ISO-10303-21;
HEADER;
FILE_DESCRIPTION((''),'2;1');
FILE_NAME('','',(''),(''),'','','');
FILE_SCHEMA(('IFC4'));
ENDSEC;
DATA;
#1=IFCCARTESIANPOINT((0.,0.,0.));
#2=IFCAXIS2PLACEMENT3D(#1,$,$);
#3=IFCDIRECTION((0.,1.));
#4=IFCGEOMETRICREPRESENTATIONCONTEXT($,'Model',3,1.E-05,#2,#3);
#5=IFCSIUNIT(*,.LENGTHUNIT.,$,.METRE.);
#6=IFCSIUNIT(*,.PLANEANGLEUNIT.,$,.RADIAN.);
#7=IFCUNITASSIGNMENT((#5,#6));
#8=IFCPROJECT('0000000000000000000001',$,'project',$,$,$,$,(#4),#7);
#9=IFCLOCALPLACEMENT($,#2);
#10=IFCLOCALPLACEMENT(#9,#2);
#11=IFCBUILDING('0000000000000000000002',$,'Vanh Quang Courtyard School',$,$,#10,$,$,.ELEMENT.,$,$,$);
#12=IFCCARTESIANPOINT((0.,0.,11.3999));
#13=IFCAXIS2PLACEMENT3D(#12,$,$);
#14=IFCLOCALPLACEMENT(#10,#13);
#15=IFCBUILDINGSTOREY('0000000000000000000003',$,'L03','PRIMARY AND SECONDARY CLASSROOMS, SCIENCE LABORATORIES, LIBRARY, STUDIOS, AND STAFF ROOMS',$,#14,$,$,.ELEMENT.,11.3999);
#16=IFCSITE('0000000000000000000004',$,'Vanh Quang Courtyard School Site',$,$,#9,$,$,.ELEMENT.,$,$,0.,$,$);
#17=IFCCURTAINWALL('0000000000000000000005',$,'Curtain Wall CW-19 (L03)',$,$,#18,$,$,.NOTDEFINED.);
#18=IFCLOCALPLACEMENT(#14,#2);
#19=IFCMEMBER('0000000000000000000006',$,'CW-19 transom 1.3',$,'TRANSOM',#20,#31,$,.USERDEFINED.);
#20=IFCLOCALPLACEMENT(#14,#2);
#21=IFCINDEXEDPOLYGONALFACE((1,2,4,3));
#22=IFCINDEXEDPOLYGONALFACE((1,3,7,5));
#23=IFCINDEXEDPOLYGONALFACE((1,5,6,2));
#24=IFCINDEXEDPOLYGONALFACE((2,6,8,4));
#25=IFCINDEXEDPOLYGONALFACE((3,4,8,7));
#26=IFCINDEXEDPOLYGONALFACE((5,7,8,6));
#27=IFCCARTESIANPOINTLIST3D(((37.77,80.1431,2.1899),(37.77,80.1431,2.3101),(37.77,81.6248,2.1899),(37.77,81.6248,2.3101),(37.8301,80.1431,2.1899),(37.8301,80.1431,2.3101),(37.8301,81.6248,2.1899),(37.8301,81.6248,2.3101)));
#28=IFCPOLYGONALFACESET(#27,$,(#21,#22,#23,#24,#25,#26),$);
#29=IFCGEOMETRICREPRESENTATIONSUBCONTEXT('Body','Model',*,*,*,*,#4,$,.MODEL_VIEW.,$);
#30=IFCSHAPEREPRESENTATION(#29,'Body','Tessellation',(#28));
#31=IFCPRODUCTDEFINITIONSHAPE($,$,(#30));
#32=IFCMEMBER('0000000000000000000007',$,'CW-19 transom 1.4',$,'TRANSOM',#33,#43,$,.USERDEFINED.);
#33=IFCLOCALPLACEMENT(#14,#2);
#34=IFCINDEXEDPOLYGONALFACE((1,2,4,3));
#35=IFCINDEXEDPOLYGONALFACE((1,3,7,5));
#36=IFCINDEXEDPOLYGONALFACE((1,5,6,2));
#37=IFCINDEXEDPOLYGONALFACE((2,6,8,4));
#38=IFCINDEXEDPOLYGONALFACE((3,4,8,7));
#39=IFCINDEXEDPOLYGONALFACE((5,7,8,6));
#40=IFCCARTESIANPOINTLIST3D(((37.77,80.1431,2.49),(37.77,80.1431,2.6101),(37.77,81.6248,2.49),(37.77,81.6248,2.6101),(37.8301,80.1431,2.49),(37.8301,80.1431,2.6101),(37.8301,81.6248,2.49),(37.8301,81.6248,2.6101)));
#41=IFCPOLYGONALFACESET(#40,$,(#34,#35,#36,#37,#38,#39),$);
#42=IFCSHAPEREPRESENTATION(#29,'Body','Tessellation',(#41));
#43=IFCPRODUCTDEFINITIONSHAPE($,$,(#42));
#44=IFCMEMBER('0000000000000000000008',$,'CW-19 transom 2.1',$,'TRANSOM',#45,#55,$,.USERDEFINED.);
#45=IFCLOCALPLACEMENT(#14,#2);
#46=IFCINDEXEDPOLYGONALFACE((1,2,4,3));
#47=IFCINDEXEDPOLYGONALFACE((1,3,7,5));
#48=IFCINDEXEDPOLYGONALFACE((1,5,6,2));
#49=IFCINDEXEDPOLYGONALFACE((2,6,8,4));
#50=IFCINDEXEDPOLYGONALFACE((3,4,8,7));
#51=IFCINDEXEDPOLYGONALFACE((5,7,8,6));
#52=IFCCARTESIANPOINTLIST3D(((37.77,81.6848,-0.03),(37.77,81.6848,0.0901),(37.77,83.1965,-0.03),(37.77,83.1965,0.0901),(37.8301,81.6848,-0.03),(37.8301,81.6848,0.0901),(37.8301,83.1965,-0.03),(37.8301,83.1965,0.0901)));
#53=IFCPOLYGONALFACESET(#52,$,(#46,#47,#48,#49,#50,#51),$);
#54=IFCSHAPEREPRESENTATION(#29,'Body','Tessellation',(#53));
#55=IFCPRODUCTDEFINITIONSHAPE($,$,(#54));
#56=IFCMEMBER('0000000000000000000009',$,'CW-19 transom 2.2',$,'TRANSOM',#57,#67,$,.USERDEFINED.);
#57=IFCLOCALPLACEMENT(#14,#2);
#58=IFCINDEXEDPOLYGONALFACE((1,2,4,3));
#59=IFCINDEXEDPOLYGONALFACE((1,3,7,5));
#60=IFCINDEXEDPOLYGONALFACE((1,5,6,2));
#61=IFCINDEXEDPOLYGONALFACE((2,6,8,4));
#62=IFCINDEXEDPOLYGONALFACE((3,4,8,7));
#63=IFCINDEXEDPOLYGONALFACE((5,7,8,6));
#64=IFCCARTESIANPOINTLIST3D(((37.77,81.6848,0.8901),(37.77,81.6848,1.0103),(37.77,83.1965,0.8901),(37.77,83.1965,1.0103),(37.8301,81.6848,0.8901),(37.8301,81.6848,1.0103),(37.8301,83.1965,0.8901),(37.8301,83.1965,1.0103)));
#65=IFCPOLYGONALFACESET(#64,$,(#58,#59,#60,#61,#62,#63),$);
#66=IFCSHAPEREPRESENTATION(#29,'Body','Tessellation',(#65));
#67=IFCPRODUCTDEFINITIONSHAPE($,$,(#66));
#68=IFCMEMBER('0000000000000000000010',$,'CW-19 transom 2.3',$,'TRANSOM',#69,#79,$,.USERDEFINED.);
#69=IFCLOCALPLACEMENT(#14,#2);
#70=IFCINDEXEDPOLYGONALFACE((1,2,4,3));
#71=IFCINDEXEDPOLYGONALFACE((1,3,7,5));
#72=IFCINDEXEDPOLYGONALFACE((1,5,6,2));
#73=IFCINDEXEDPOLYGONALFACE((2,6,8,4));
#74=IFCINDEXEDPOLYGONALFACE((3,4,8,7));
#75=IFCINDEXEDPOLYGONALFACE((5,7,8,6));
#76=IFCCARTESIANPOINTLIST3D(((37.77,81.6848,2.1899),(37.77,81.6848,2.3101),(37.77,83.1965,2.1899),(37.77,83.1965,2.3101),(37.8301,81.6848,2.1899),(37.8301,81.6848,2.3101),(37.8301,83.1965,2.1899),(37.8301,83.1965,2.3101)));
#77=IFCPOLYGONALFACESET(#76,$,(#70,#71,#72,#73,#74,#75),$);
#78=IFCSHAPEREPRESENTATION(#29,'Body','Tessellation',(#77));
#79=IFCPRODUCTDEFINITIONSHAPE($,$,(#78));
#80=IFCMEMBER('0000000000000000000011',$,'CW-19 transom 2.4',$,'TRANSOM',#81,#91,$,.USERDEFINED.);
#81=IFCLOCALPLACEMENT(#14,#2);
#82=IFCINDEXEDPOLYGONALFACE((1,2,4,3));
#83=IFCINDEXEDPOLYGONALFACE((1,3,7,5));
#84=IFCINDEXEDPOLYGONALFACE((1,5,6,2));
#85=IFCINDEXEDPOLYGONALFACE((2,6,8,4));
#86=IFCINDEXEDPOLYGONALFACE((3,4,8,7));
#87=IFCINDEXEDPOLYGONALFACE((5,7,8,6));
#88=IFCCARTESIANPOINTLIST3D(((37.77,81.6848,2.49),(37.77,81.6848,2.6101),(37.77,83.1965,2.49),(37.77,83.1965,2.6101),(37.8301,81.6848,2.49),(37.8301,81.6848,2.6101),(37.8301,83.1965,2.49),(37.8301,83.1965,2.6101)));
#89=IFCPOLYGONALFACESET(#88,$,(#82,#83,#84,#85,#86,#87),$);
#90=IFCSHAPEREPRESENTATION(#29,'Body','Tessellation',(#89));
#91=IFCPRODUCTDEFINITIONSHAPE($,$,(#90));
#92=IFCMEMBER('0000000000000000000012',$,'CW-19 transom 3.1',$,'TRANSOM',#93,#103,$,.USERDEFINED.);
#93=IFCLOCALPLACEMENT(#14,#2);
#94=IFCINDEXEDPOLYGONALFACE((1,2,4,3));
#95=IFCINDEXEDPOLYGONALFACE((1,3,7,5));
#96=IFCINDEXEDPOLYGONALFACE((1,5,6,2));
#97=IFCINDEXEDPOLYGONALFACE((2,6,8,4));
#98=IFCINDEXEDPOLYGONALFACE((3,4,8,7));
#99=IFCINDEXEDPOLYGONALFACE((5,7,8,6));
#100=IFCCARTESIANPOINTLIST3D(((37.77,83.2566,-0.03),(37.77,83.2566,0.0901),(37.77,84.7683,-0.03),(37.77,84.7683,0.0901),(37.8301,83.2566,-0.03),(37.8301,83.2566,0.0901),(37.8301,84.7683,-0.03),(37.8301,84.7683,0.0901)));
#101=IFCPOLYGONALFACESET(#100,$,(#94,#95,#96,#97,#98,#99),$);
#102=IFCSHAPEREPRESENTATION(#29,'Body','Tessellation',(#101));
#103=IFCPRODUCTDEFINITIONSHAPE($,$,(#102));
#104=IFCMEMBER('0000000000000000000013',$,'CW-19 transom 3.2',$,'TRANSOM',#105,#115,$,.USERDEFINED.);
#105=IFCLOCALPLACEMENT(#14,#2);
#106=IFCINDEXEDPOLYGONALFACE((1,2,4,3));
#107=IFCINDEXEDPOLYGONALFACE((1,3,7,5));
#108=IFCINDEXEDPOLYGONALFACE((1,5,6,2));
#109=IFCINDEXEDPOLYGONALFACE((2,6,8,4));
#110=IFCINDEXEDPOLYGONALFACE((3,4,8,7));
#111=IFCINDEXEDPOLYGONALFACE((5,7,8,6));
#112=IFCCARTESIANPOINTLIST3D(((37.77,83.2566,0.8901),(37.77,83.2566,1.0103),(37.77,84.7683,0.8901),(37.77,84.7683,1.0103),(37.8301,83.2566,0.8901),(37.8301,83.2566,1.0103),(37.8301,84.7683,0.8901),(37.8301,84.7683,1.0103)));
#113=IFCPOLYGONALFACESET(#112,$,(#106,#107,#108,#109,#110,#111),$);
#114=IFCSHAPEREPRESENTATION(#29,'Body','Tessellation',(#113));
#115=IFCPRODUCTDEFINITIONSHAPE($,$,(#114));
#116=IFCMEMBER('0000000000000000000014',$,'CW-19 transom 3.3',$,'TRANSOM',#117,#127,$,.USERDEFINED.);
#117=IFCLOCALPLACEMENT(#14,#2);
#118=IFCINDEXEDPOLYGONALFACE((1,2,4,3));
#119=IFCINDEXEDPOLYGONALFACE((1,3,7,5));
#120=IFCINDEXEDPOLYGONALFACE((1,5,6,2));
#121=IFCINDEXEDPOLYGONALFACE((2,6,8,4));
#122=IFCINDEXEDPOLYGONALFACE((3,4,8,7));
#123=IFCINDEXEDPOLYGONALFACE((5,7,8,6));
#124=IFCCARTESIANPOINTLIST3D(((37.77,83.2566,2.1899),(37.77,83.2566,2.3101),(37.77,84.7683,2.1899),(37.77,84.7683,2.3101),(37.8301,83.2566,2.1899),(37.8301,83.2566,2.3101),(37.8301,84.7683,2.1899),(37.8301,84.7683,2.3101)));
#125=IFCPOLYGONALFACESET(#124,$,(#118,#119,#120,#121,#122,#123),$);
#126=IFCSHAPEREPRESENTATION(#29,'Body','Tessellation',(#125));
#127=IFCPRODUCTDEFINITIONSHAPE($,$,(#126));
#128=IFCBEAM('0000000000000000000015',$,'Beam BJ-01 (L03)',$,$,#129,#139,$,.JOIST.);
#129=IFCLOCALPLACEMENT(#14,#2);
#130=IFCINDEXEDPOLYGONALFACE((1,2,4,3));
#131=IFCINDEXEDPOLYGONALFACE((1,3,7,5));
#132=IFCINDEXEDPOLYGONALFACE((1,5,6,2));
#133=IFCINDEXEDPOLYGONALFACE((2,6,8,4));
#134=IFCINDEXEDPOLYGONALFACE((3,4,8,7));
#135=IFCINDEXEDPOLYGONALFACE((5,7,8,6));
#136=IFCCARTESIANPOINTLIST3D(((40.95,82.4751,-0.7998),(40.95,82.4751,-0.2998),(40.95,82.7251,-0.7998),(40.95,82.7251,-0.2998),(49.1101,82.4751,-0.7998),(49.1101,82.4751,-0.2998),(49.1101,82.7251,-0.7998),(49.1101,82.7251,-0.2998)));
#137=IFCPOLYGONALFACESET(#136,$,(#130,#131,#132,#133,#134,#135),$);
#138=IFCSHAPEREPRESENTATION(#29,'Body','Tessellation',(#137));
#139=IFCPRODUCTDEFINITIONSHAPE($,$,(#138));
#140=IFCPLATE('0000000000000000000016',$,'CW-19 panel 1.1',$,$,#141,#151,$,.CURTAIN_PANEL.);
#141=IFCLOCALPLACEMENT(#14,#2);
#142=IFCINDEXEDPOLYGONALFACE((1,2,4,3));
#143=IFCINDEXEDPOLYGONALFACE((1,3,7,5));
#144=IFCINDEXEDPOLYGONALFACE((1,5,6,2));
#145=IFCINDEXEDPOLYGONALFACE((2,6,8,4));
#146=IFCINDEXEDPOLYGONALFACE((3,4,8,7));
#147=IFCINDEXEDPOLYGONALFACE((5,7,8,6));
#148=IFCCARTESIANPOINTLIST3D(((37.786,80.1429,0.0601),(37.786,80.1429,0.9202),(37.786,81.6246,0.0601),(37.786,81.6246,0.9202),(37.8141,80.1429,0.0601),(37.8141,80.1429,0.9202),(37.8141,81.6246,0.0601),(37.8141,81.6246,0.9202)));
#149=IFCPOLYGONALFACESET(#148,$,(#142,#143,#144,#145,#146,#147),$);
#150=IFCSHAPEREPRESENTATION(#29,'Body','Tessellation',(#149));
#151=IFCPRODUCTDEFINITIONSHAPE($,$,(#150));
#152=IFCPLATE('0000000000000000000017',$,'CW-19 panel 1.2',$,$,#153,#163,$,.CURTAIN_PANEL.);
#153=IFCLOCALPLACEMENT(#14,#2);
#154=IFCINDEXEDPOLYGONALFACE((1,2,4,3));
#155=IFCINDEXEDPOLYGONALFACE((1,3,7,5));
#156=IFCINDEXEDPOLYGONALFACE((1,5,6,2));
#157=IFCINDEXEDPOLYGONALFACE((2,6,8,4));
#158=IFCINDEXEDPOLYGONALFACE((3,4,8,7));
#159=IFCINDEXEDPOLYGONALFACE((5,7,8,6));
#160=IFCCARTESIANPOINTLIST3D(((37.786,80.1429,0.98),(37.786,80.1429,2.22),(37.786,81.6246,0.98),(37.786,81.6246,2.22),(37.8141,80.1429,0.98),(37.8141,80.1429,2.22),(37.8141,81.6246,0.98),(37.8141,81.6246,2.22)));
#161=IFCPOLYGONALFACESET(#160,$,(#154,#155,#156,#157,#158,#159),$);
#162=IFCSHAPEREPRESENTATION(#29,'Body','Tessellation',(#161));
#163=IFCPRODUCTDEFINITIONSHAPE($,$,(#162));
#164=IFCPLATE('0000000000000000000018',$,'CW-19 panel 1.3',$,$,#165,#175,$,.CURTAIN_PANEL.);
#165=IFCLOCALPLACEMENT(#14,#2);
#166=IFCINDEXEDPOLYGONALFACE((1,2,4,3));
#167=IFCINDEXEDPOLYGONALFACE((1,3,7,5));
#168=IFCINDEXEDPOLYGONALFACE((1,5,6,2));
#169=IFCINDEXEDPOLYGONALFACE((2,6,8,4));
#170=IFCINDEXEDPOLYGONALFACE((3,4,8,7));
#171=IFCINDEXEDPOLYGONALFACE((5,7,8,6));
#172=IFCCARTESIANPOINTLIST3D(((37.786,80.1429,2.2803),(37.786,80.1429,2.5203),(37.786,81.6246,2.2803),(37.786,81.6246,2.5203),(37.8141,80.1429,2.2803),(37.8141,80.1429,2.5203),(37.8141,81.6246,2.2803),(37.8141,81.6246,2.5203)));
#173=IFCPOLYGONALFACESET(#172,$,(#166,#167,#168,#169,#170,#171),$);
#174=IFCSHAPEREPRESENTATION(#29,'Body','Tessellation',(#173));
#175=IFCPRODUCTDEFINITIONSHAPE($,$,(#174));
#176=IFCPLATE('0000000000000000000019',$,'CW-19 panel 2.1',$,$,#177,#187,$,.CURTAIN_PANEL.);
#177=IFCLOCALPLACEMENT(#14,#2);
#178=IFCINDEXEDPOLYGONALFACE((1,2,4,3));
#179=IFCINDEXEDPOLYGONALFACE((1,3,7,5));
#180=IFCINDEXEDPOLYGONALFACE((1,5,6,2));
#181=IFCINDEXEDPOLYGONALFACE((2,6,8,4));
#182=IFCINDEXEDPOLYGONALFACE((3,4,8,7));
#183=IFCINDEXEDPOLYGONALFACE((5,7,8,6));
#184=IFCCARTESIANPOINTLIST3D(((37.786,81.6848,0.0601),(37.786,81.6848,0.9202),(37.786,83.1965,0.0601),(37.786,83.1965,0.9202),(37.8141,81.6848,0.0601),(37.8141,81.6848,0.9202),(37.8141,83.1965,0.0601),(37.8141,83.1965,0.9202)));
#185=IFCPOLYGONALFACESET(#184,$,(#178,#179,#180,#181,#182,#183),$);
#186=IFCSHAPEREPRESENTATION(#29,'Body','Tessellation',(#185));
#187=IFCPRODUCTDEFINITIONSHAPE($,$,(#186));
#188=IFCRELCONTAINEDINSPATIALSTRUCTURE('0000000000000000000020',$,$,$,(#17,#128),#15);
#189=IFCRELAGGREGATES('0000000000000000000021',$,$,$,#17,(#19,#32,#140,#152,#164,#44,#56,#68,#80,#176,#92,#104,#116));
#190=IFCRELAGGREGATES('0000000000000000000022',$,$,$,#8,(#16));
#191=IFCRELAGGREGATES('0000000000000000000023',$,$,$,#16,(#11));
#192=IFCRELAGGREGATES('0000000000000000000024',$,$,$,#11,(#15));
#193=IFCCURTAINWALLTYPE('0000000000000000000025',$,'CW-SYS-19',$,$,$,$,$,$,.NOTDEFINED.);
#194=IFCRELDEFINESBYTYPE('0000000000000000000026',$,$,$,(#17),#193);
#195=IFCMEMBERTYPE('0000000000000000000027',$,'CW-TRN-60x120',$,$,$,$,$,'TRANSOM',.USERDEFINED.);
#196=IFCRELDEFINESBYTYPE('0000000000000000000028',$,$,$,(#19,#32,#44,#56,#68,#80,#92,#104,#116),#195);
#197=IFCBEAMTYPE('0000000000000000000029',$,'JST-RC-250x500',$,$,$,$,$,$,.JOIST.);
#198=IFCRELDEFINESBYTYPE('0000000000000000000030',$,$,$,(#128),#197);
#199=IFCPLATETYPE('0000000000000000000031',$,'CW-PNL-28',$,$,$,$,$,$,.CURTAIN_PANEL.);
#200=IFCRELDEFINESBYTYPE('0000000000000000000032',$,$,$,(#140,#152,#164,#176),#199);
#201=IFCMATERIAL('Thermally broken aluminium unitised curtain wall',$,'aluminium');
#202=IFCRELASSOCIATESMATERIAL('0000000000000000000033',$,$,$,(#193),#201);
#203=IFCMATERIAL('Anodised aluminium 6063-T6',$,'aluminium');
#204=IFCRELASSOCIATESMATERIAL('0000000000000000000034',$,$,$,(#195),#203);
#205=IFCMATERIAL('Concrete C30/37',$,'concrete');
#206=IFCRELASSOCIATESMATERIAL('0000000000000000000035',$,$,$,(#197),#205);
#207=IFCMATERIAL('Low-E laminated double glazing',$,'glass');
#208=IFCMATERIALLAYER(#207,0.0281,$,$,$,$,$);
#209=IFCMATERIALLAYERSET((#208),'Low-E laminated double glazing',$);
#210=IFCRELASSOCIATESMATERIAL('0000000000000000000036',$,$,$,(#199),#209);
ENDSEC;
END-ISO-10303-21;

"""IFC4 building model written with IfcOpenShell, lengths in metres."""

from ifc_helpers import new_model, si_unit, direction, frame, origin, origin_2d, place, context, subcontext, project, spatial, rectangle, extrude, material, layer, layer_set, material_profile, profile_set, type_object, element, aggregate, save


model = new_model("IFC4")

# Units and contexts
model_context = context("Model", 3, precision=1e-05, world=origin(), true_north=direction((0.0, 1.0)))
body_context = subcontext(model_context, "Body", "Model", "MODEL_VIEW")
ifc_project = project(units=[si_unit("LENGTHUNIT", "METRE"), si_unit("PLANEANGLEUNIT", "RADIAN")], contexts=[model_context])

# Site, building, storey
site_placement = place(None, origin())
site = spatial("IfcSite", under=ifc_project, at=site_placement, Name="Vanh Quang Courtyard School Site", CompositionType="ELEMENT", RefElevation=0.0)
building_placement = place(site_placement, origin())
building = spatial("IfcBuilding", under=site, at=building_placement, Name="Vanh Quang Courtyard School", CompositionType="ELEMENT")
storey_placement = place(building_placement, frame((0.0, 0.0, 11.3999)))
storey = spatial("IfcBuildingStorey", under=building, at=storey_placement, Name="L03", Description="PRIMARY AND SECONDARY CLASSROOMS, SCIENCE LABORATORIES, LIBRARY, STUDIOS, AND STAFF ROOMS", CompositionType="ELEMENT", Elevation=11.3999)

# Curtain wall, members
ifc_material_1 = material(Name="Thermally broken aluminium unitised curtain wall", Category="aluminium")
curtain_wall_type = type_object("IfcCurtainWallType", Name="CW-SYS-19", PredefinedType="NOTDEFINED", material=ifc_material_1)
curtain_wall_placement = place(storey_placement, origin())
curtain_wall = element("IfcCurtainWall", 1, at=curtain_wall_placement, inside=storey, type_object=curtain_wall_type, Name="Curtain Wall CW-19 (L03)", PredefinedType="NOTDEFINED")
ifc_material_2 = material(Name="Anodised aluminium 6063-T6", Category="aluminium")
ifc_material_profile_1 = material_profile(ifc_material_2, rectangle(XDim=0.0601, YDim=0.1201, at=origin_2d()), Name="ALU-TRN 60x120")
ifc_profile_set_1 = profile_set([ifc_material_profile_1], Name="Anodised aluminium 6063-T6")
member_type_1 = type_object("IfcMemberType", Name="CW-TRN-60x120", ElementType="TRANSOM", PredefinedType="USERDEFINED", material=ifc_profile_set_1)
member_1_placement = place(storey_placement, frame((37.8, 80.1431, 2.25), z_axis=(0.0, 1.0, 0.0), x_axis=(-1.0, 0.0, 0.0)))
member_1 = element("IfcMember", 2, at=member_1_placement, type_object=member_type_1, Name="CW-19 transom 1.3", ObjectType="TRANSOM", PredefinedType="USERDEFINED", context=body_context, shape_type="SweptSolid", body=[
    extrude(rectangle(XDim=0.0601, YDim=0.1201, at=origin_2d()), origin(), (0.0, 0.0, 1.0), 1.4817),
])
member_2_placement = place(storey_placement, frame((37.8, 80.1431, 2.55), z_axis=(0.0, 1.0, 0.0), x_axis=(-1.0, 0.0, 0.0)))
member_2 = element("IfcMember", 3, at=member_2_placement, type_object=member_type_1, Name="CW-19 transom 1.4", ObjectType="TRANSOM", PredefinedType="USERDEFINED", context=body_context, shape_type="SweptSolid", body=[
    extrude(rectangle(XDim=0.0601, YDim=0.1201, at=origin_2d()), origin(), (0.0, 0.0, 1.0), 1.4817),
])
member_3_placement = place(storey_placement, frame((37.8, 81.6848, 0.03), z_axis=(0.0, 1.0, 0.0), x_axis=(-1.0, 0.0, 0.0)))
member_3 = element("IfcMember", 4, at=member_3_placement, type_object=member_type_1, Name="CW-19 transom 2.1", ObjectType="TRANSOM", PredefinedType="USERDEFINED", context=body_context, shape_type="SweptSolid", body=[
    extrude(rectangle(XDim=0.0601, YDim=0.1201, at=origin_2d()), origin(), (0.0, 0.0, 1.0), 1.5117),
])
member_4_placement = place(storey_placement, frame((37.8, 81.6848, 0.9502), z_axis=(0.0, 1.0, 0.0), x_axis=(-1.0, 0.0, 0.0)))
member_4 = element("IfcMember", 5, at=member_4_placement, type_object=member_type_1, Name="CW-19 transom 2.2", ObjectType="TRANSOM", PredefinedType="USERDEFINED", context=body_context, shape_type="SweptSolid", body=[
    extrude(rectangle(XDim=0.0601, YDim=0.1201, at=origin_2d()), origin(), (0.0, 0.0, 1.0), 1.5117),
])
member_5_placement = place(storey_placement, frame((37.8, 81.6848, 2.25), z_axis=(0.0, 1.0, 0.0), x_axis=(-1.0, 0.0, 0.0)))
member_5 = element("IfcMember", 6, at=member_5_placement, type_object=member_type_1, Name="CW-19 transom 2.3", ObjectType="TRANSOM", PredefinedType="USERDEFINED", context=body_context, shape_type="SweptSolid", body=[
    extrude(rectangle(XDim=0.0601, YDim=0.1201, at=origin_2d()), origin(), (0.0, 0.0, 1.0), 1.5117),
])
member_6_placement = place(storey_placement, frame((37.8, 81.6848, 2.55), z_axis=(0.0, 1.0, 0.0), x_axis=(-1.0, 0.0, 0.0)))
member_6 = element("IfcMember", 7, at=member_6_placement, type_object=member_type_1, Name="CW-19 transom 2.4", ObjectType="TRANSOM", PredefinedType="USERDEFINED", context=body_context, shape_type="SweptSolid", body=[
    extrude(rectangle(XDim=0.0601, YDim=0.1201, at=origin_2d()), origin(), (0.0, 0.0, 1.0), 1.5117),
])
member_7_placement = place(storey_placement, frame((37.8, 83.2566, 0.03), z_axis=(0.0, 1.0, 0.0), x_axis=(-1.0, 0.0, 0.0)))
member_7 = element("IfcMember", 8, at=member_7_placement, type_object=member_type_1, Name="CW-19 transom 3.1", ObjectType="TRANSOM", PredefinedType="USERDEFINED", context=body_context, shape_type="SweptSolid", body=[
    extrude(rectangle(XDim=0.0601, YDim=0.1201, at=origin_2d()), origin(), (0.0, 0.0, 1.0), 1.5117),
])
member_8_placement = place(storey_placement, frame((37.8, 83.2566, 0.9502), z_axis=(0.0, 1.0, 0.0), x_axis=(-1.0, 0.0, 0.0)))
member_8 = element("IfcMember", 9, at=member_8_placement, type_object=member_type_1, Name="CW-19 transom 3.2", ObjectType="TRANSOM", PredefinedType="USERDEFINED", context=body_context, shape_type="SweptSolid", body=[
    extrude(rectangle(XDim=0.0601, YDim=0.1201, at=origin_2d()), origin(), (0.0, 0.0, 1.0), 1.5117),
])
member_9_placement = place(storey_placement, frame((37.8, 83.2566, 2.25), z_axis=(0.0, 1.0, 0.0), x_axis=(-1.0, 0.0, 0.0)))
member_9 = element("IfcMember", 10, at=member_9_placement, type_object=member_type_1, Name="CW-19 transom 3.3", ObjectType="TRANSOM", PredefinedType="USERDEFINED", context=body_context, shape_type="SweptSolid", body=[
    extrude(rectangle(XDim=0.0601, YDim=0.1201, at=origin_2d()), origin(), (0.0, 0.0, 1.0), 1.5117),
])

# Beam
ifc_material_3 = material(Name="Concrete C30/37", Category="concrete")
ifc_material_profile_2 = material_profile(ifc_material_3, rectangle(XDim=0.25, YDim=0.5, at=origin_2d()), Name="RC-JST 250x500")
ifc_profile_set_2 = profile_set([ifc_material_profile_2], Name="Concrete C30/37")
beam_type_1 = type_object("IfcBeamType", Name="JST-RC-250x500", PredefinedType="JOIST", material=ifc_profile_set_2)
beam_1_placement = place(storey_placement, frame((40.95, 82.6001, -0.5498), z_axis=(1.0, 0.0, 0.0), x_axis=(0.0, 1.0, 0.0)))
element("IfcBeam", 11, at=beam_1_placement, inside=storey, type_object=beam_type_1, Name="Beam BJ-01 (L03)", PredefinedType="JOIST", context=body_context, shape_type="SweptSolid", body=[
    extrude(rectangle(XDim=0.25, YDim=0.5, at=origin_2d()), origin(), (0.0, 0.0, 1.0), 8.1602),
])

# Plates
ifc_material_4 = material(Name="Low-E laminated double glazing", Category="glass")
ifc_layer_1 = layer(ifc_material_4, 0.0281)
ifc_layer_set_1 = layer_set([ifc_layer_1], Name="Low-E laminated double glazing")
plate_type = type_object("IfcPlateType", Name="CW-PNL-28", PredefinedType="CURTAIN_PANEL", material=ifc_layer_set_1)
plate_1_placement = place(storey_placement, frame((37.8, 80.8838, 0.0601), z_axis=(0.0, 0.0, 1.0), x_axis=(0.0, 1.0, 0.0)))
plate_1 = element("IfcPlate", 12, at=plate_1_placement, type_object=plate_type, Name="CW-19 panel 1.1", PredefinedType="CURTAIN_PANEL", context=body_context, shape_type="SweptSolid", body=[
    extrude(rectangle(XDim=1.4817, YDim=0.0281, at=origin_2d()), origin(), (0.0, 0.0, 1.0), 0.8601),
])
plate_2_placement = place(storey_placement, frame((37.8, 80.8838, 0.98), z_axis=(0.0, 0.0, 1.0), x_axis=(0.0, 1.0, 0.0)))
plate_2 = element("IfcPlate", 13, at=plate_2_placement, type_object=plate_type, Name="CW-19 panel 1.2", PredefinedType="CURTAIN_PANEL", context=body_context, shape_type="SweptSolid", body=[
    extrude(rectangle(XDim=1.4817, YDim=0.0281, at=origin_2d()), origin(), (0.0, 0.0, 1.0), 1.24),
])
plate_3_placement = place(storey_placement, frame((37.8, 80.8838, 2.2803), z_axis=(0.0, 0.0, 1.0), x_axis=(0.0, 1.0, 0.0)))
plate_3 = element("IfcPlate", 14, at=plate_3_placement, type_object=plate_type, Name="CW-19 panel 1.3", PredefinedType="CURTAIN_PANEL", context=body_context, shape_type="SweptSolid", body=[
    extrude(rectangle(XDim=1.4817, YDim=0.0281, at=origin_2d()), origin(), (0.0, 0.0, 1.0), 0.24),
])
plate_4_placement = place(storey_placement, frame((37.8, 82.4407, 0.0601), z_axis=(0.0, 0.0, 1.0), x_axis=(0.0, 1.0, 0.0)))
plate_4 = element("IfcPlate", 15, at=plate_4_placement, type_object=plate_type, Name="CW-19 panel 2.1", PredefinedType="CURTAIN_PANEL", context=body_context, shape_type="SweptSolid", body=[
    extrude(rectangle(XDim=1.5117, YDim=0.0281, at=origin_2d()), origin(), (0.0, 0.0, 1.0), 0.8601),
])
aggregate(curtain_wall, [member_1, member_2, plate_1, plate_2, plate_3, member_3, member_4, member_5, member_6, plate_4, member_7, member_8, member_9])

save(model, "model.ifc")
